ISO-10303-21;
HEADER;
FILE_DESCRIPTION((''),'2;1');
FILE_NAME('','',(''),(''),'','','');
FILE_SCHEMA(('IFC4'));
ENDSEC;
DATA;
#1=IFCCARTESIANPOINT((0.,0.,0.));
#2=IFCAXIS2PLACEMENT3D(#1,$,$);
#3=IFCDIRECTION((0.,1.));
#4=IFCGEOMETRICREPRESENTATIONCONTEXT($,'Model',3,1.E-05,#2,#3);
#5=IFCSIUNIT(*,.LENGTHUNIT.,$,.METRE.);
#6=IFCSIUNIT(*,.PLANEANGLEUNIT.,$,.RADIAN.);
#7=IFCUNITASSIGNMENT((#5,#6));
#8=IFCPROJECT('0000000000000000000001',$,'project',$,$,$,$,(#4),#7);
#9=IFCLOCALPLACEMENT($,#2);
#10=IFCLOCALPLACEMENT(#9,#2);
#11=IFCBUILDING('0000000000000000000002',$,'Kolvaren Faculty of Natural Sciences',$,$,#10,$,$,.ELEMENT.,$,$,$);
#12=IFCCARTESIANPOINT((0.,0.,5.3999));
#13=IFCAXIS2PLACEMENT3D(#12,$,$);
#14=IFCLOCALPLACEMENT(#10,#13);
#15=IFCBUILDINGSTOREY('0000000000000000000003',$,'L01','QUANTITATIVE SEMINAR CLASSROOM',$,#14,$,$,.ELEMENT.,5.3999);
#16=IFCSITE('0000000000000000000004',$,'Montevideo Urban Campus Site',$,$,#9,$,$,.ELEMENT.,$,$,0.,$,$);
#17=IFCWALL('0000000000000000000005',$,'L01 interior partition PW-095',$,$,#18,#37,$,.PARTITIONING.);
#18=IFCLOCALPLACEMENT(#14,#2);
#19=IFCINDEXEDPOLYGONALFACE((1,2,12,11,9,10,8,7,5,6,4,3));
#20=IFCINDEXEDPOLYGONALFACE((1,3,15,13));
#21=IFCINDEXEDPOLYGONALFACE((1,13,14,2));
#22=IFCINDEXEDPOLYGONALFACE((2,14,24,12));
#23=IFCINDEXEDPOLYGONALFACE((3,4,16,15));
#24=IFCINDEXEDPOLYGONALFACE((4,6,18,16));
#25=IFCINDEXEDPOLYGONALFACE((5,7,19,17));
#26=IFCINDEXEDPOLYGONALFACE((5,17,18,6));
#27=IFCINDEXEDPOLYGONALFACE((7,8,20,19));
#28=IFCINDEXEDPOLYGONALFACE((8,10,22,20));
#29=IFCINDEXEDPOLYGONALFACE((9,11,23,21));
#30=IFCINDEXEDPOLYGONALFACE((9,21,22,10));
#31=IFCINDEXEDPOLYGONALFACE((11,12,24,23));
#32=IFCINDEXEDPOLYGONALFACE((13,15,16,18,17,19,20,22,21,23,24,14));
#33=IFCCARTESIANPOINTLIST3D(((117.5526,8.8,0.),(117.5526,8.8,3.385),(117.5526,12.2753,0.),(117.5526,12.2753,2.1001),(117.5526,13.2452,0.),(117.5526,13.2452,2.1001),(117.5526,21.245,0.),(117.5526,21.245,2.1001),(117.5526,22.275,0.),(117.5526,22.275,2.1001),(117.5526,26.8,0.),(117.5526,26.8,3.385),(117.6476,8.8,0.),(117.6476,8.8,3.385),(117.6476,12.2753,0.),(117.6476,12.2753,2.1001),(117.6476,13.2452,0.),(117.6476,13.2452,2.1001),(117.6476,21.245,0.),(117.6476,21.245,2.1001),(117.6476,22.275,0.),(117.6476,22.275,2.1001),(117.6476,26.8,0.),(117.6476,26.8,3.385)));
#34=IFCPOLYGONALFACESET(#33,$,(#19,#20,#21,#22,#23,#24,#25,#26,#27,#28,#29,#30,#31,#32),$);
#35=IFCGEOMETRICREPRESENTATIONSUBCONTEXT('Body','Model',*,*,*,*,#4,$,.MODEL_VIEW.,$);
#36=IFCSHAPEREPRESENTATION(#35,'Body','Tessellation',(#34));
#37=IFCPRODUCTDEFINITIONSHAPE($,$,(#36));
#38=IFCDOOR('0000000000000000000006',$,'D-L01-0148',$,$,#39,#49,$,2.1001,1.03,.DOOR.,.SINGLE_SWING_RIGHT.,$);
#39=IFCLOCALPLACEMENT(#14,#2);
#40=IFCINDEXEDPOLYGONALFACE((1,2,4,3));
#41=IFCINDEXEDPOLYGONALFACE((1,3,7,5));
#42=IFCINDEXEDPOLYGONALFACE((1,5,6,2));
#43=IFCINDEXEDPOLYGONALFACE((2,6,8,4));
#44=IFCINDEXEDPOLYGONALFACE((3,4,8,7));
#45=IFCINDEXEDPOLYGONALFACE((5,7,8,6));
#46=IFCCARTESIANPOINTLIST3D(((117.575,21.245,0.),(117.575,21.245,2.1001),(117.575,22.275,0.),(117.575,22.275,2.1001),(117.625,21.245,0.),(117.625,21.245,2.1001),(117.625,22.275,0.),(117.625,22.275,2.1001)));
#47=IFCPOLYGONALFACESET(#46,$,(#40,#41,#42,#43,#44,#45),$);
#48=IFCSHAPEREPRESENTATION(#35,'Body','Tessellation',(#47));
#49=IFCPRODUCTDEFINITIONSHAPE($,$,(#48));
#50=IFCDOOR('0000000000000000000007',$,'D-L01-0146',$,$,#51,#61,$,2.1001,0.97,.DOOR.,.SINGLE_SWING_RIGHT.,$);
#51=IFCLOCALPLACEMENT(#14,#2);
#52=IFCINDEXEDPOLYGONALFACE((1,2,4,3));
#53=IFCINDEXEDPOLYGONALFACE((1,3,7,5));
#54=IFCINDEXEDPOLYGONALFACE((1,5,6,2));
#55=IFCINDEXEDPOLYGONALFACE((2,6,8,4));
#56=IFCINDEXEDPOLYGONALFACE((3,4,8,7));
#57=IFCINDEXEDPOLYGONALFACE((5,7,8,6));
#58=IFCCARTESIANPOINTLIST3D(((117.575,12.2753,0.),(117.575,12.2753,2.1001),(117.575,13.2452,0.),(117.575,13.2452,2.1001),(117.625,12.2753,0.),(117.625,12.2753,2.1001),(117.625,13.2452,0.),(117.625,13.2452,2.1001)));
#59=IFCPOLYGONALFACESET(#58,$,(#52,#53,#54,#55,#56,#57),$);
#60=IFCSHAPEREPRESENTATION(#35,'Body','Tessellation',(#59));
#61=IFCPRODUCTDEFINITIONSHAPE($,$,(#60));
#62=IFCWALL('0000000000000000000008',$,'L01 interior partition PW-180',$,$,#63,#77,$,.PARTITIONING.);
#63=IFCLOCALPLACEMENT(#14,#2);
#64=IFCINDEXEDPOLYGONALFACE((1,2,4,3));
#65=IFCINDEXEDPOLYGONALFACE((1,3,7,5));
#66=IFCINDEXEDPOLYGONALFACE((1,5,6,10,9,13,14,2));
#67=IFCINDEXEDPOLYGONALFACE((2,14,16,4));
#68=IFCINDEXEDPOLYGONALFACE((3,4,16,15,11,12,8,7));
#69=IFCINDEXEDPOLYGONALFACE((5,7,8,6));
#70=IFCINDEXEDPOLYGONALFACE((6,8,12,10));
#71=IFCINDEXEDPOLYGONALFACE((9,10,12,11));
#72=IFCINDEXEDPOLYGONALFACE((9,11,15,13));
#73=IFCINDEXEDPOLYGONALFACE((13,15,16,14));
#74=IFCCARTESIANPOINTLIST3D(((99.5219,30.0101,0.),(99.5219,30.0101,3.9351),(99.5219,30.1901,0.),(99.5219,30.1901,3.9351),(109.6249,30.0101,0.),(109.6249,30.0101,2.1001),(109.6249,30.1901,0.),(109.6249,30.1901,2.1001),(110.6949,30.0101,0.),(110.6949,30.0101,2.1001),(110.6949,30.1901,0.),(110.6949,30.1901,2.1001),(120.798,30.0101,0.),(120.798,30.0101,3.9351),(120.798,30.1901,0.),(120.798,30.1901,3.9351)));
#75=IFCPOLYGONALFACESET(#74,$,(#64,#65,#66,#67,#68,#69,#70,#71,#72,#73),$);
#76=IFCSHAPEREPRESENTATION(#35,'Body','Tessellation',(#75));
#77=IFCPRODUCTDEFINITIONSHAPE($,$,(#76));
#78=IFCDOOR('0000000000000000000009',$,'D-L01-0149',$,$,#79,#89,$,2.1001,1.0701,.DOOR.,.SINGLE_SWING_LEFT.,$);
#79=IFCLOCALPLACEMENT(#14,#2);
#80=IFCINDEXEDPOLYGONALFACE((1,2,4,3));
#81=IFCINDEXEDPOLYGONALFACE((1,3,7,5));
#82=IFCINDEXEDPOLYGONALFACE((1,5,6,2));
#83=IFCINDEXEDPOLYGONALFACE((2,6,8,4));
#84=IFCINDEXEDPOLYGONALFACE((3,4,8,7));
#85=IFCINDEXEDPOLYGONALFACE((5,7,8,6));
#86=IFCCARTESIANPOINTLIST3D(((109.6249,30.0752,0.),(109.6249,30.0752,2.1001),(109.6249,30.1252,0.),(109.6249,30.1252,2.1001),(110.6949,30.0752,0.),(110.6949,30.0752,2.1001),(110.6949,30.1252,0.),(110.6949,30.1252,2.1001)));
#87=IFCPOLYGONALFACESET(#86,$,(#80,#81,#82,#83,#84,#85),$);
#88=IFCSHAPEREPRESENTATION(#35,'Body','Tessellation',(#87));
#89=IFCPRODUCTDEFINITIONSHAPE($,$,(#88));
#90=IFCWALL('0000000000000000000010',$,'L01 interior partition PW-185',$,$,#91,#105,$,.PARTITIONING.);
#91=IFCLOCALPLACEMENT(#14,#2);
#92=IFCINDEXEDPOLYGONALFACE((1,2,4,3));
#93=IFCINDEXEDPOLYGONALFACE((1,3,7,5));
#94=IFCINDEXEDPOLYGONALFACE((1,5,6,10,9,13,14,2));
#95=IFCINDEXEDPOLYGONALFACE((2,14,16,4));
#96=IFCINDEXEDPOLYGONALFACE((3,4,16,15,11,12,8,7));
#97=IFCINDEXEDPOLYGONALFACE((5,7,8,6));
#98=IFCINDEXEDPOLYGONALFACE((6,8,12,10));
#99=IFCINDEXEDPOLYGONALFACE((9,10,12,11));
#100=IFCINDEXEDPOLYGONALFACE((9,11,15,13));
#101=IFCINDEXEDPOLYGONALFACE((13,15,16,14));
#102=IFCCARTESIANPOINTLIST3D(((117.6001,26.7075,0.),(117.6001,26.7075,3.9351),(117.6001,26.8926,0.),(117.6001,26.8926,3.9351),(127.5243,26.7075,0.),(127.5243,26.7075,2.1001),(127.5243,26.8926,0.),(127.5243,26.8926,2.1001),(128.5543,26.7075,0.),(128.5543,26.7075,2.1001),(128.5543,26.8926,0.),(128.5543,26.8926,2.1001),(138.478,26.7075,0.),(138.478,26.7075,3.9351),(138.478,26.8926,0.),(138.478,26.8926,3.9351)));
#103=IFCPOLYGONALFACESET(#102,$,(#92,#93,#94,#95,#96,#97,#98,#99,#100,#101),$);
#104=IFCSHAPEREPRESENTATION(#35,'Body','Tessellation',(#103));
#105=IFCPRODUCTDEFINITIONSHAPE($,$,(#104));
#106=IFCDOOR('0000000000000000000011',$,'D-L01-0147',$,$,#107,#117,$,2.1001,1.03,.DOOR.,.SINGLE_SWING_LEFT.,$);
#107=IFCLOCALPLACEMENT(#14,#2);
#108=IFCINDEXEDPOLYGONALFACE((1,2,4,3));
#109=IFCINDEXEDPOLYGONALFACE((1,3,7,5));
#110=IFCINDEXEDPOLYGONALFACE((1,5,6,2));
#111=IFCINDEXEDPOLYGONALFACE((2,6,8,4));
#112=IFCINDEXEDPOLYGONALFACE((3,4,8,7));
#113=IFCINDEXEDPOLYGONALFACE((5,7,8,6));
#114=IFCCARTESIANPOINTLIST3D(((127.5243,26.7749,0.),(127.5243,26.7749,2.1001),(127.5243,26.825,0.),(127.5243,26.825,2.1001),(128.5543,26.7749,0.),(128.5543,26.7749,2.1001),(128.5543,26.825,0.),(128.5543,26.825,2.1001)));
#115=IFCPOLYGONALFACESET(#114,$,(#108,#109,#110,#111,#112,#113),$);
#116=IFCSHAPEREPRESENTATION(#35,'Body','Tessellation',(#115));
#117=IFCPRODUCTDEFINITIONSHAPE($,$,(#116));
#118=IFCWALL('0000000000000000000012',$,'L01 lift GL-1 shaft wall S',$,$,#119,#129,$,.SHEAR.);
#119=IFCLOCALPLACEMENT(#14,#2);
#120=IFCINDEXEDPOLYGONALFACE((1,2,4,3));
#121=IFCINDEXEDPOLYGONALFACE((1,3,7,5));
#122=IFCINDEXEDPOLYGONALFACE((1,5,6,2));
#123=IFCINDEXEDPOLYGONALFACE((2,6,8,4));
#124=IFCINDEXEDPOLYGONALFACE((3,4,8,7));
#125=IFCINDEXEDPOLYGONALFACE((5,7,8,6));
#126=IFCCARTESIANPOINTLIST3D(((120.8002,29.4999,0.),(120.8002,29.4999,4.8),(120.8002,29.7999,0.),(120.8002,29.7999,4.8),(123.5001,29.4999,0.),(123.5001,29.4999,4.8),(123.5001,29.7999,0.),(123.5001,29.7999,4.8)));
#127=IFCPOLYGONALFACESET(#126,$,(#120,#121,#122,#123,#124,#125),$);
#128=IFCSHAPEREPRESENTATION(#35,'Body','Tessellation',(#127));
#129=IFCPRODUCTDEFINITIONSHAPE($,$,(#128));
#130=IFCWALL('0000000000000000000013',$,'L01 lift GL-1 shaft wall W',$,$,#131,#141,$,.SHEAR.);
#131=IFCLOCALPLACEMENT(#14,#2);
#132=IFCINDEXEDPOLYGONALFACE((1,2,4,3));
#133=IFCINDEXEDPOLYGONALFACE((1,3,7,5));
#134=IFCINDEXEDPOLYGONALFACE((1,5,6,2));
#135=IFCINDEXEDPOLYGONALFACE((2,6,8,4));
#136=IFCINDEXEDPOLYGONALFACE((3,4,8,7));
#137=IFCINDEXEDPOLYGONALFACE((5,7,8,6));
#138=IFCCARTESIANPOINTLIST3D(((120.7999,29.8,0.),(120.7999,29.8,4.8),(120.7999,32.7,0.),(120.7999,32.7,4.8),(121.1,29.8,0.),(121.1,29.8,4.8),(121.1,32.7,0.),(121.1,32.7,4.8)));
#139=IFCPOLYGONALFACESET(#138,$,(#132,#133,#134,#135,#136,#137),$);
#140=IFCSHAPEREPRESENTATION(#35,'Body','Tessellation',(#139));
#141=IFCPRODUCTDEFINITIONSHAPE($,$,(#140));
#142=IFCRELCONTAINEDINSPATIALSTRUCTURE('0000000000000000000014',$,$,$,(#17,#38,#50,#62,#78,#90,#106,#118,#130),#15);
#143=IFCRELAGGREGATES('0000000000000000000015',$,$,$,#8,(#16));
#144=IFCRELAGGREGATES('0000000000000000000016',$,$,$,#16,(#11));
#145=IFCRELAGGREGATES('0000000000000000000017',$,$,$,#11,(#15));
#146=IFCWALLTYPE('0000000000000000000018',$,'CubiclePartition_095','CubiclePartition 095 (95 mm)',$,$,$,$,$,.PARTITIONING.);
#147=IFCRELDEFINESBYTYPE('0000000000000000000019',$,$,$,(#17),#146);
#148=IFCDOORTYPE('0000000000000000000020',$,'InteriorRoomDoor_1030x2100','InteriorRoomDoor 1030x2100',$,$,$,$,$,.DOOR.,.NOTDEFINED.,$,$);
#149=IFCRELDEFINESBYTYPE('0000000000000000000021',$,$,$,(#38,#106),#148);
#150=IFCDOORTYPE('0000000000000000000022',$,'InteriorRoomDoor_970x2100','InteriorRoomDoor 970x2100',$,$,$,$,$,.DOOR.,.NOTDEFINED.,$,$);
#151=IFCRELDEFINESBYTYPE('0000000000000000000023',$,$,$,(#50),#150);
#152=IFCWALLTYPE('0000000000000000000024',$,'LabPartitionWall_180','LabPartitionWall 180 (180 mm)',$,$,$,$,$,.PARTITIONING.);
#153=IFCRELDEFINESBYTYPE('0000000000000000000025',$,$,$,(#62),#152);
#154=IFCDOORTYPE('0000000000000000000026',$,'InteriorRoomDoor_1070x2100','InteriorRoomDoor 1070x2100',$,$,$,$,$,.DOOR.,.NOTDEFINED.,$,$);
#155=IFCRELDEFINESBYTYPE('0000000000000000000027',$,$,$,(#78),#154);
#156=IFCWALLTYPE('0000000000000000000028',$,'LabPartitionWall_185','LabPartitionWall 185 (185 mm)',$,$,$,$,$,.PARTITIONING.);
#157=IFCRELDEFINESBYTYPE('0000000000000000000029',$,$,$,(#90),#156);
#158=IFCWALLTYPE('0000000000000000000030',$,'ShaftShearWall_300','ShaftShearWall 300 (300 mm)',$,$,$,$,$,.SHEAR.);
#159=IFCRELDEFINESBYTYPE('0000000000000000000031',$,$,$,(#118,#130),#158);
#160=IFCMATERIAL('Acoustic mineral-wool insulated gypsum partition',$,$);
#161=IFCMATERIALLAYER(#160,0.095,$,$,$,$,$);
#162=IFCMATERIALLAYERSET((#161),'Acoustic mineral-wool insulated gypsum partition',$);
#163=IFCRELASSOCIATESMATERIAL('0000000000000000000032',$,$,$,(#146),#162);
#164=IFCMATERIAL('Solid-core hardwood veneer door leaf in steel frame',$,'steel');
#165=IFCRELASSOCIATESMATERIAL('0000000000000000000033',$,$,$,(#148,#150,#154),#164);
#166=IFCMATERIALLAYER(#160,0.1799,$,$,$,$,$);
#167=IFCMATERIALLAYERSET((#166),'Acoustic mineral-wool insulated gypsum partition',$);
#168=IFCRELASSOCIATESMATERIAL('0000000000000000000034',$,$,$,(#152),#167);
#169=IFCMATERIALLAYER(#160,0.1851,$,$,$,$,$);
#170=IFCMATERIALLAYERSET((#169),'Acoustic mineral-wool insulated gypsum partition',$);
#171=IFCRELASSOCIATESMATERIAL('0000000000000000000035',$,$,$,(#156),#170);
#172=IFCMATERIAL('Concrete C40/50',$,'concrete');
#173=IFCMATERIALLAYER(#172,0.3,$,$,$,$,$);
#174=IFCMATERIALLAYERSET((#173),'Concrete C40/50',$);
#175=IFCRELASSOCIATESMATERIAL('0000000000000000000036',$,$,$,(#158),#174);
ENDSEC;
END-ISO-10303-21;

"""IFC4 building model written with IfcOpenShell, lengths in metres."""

from ifc_helpers import new_model, si_unit, direction, frame, frame_2d, origin, place, context, subcontext, project, spatial, rectangle, extrude, material, layer, layer_set, type_object, element, fill, save


model = new_model("IFC4")

# Units and contexts
model_context = context("Model", 3, precision=1e-05, world=origin(), true_north=direction((0.0, 1.0)))
body_context = subcontext(model_context, "Body", "Model", "MODEL_VIEW")
ifc_project = project(units=[si_unit("LENGTHUNIT", "METRE"), si_unit("PLANEANGLEUNIT", "RADIAN")], contexts=[model_context])

# Site, building, storey
site_placement = place(None, origin())
site = spatial("IfcSite", under=ifc_project, at=site_placement, Name="Montevideo Urban Campus Site", CompositionType="ELEMENT", RefElevation=0.0)
building_placement = place(site_placement, origin())
building = spatial("IfcBuilding", under=site, at=building_placement, Name="Kolvaren Faculty of Natural Sciences", CompositionType="ELEMENT")
storey_placement = place(building_placement, frame((0.0, 0.0, 5.3999)))
storey = spatial("IfcBuildingStorey", under=building, at=storey_placement, Name="L01", Description="QUANTITATIVE SEMINAR CLASSROOM", CompositionType="ELEMENT", Elevation=5.3999)

# Shared definitions
ifc_material_1 = material(Name="Concrete C40/50", Category="concrete")

# Wall, openings, doors
ifc_material_2 = material(Name="Acoustic mineral-wool insulated gypsum partition")
ifc_layer_1 = layer(ifc_material_2, 0.095)
ifc_layer_set_1 = layer_set([ifc_layer_1], Name="Acoustic mineral-wool insulated gypsum partition")
wall_type_1 = type_object("IfcWallType", Name="CubiclePartition_095", Description="CubiclePartition 095 (95 mm)", PredefinedType="PARTITIONING", material=ifc_layer_set_1)
wall_1_placement = place(storey_placement, frame((117.6001, 26.8, 0.0), z_axis=(0.0, 0.0, 1.0), x_axis=(0.0, -1.0, 0.0)))
wall_1 = element("IfcWall", 1, at=wall_1_placement, inside=storey, type_object=wall_type_1, Name="L01 interior partition PW-095", PredefinedType="PARTITIONING", context=body_context, shape_type="SweptSolid", body=[
    extrude(rectangle(XDim=18.0, YDim=0.095, at=frame_2d((9.0, 0.0))), origin(), (0.0, 0.0, 1.0), 3.385),
])
opening_1_placement = place(wall_1_placement, frame((13.5549, 0.0, 0.0)))
opening_1 = element("IfcOpeningElement", 2, at=opening_1_placement, cuts=wall_1, PredefinedType="OPENING", context=body_context, shape_type="SweptSolid", body=[
    extrude(rectangle(XDim=0.97, YDim=2.1001, at=frame_2d((0.4849, 1.05))), frame((0.0, 0.0574, 0.0), z_axis=(0.0, -1.0, 0.0), x_axis=(1.0, 0.0, 0.0)), (0.0, 0.0, 1.0), 0.115),
])
opening_2_placement = place(wall_1_placement, frame((4.5249, 0.0, 0.0)))
opening_2 = element("IfcOpeningElement", 3, at=opening_2_placement, cuts=wall_1, PredefinedType="OPENING", context=body_context, shape_type="SweptSolid", body=[
    extrude(rectangle(XDim=1.03, YDim=2.1001, at=frame_2d((0.5151, 1.05))), frame((0.0, 0.0574, 0.0), z_axis=(0.0, -1.0, 0.0), x_axis=(1.0, 0.0, 0.0)), (0.0, 0.0, 1.0), 0.115),
])
ifc_material_3 = material(Name="Solid-core hardwood veneer door leaf in steel frame", Category="steel")
door_type_1 = type_object("IfcDoorType", Name="InteriorRoomDoor_1030x2100", Description="InteriorRoomDoor 1030x2100", OperationType="NOTDEFINED", PredefinedType="DOOR", material=ifc_material_3)
door_1_placement = place(opening_2_placement, origin())
door_1 = element("IfcDoor", 4, at=door_1_placement, inside=storey, type_object=door_type_1, Name="D-L01-0148", OperationType="SINGLE_SWING_RIGHT", OverallHeight=2.1001, OverallWidth=1.03, PredefinedType="DOOR", context=body_context, shape_type="SweptSolid", body=[
    extrude(rectangle(XDim=1.03, YDim=2.1001, at=frame_2d((0.5151, 1.05))), frame((0.0, 0.0249, 0.0), z_axis=(0.0, -1.0, 0.0), x_axis=(1.0, 0.0, 0.0)), (0.0, 0.0, 1.0), 0.05),
])
fill(opening_2, door_1)
door_type_2 = type_object("IfcDoorType", Name="InteriorRoomDoor_970x2100", Description="InteriorRoomDoor 970x2100", OperationType="NOTDEFINED", PredefinedType="DOOR", material=ifc_material_3)
door_2_placement = place(opening_1_placement, origin())
door_2 = element("IfcDoor", 5, at=door_2_placement, inside=storey, type_object=door_type_2, Name="D-L01-0146", OperationType="SINGLE_SWING_RIGHT", OverallHeight=2.1001, OverallWidth=0.97, PredefinedType="DOOR", context=body_context, shape_type="SweptSolid", body=[
    extrude(rectangle(XDim=0.97, YDim=2.1001, at=frame_2d((0.4849, 1.05))), frame((0.0, 0.0249, 0.0), z_axis=(0.0, -1.0, 0.0), x_axis=(1.0, 0.0, 0.0)), (0.0, 0.0, 1.0), 0.05),
])
fill(opening_1, door_2)

# Walls, openings, doors
ifc_layer_2 = layer(ifc_material_2, 0.1799)
ifc_layer_set_2 = layer_set([ifc_layer_2], Name="Acoustic mineral-wool insulated gypsum partition")
wall_type_2 = type_object("IfcWallType", Name="LabPartitionWall_180", Description="LabPartitionWall 180 (180 mm)", PredefinedType="PARTITIONING", material=ifc_layer_set_2)
wall_2_placement = place(storey_placement, frame((120.7981, 30.1001, 0.0), z_axis=(0.0, 0.0, 1.0), x_axis=(-1.0, 0.0, 0.0)))
wall_2 = element("IfcWall", 6, at=wall_2_placement, inside=storey, type_object=wall_type_2, Name="L01 interior partition PW-180", PredefinedType="PARTITIONING", context=body_context, shape_type="SweptSolid", body=[
    extrude(rectangle(XDim=21.2761, YDim=0.1799, at=frame_2d((10.6382, 0.0))), origin(), (0.0, 0.0, 1.0), 3.9351),
])
opening_3_placement = place(wall_2_placement, frame((10.103, 0.0, 0.0)))
opening_3 = element("IfcOpeningElement", 7, at=opening_3_placement, cuts=wall_2, PredefinedType="OPENING", context=body_context, shape_type="SweptSolid", body=[
    extrude(rectangle(XDim=1.0701, YDim=2.1001, at=frame_2d((0.5352, 1.05))), frame((0.0, 0.0999, 0.0), z_axis=(0.0, -1.0, 0.0), x_axis=(1.0, 0.0, 0.0)), (0.0, 0.0, 1.0), 0.2),
])
door_type_3 = type_object("IfcDoorType", Name="InteriorRoomDoor_1070x2100", Description="InteriorRoomDoor 1070x2100", OperationType="NOTDEFINED", PredefinedType="DOOR", material=ifc_material_3)
door_3_placement = place(opening_3_placement, origin())
door_3 = element("IfcDoor", 8, at=door_3_placement, inside=storey, type_object=door_type_3, Name="D-L01-0149", OperationType="SINGLE_SWING_LEFT", OverallHeight=2.1001, OverallWidth=1.0701, PredefinedType="DOOR", context=body_context, shape_type="SweptSolid", body=[
    extrude(rectangle(XDim=1.0701, YDim=2.1001, at=frame_2d((0.5352, 1.05))), frame((0.0, 0.0249, 0.0), z_axis=(0.0, -1.0, 0.0), x_axis=(1.0, 0.0, 0.0)), (0.0, 0.0, 1.0), 0.05),
])
fill(opening_3, door_3)
ifc_layer_3 = layer(ifc_material_2, 0.1851)
ifc_layer_set_3 = layer_set([ifc_layer_3], Name="Acoustic mineral-wool insulated gypsum partition")
wall_type_3 = type_object("IfcWallType", Name="LabPartitionWall_185", Description="LabPartitionWall 185 (185 mm)", PredefinedType="PARTITIONING", material=ifc_layer_set_3)
wall_3_placement = place(storey_placement, frame((117.6001, 26.8, 0.0), z_axis=(0.0, 0.0, 1.0), x_axis=(1.0, 0.0, 0.0)))
wall_3 = element("IfcWall", 9, at=wall_3_placement, inside=storey, type_object=wall_type_3, Name="L01 interior partition PW-185", PredefinedType="PARTITIONING", context=body_context, shape_type="SweptSolid", body=[
    extrude(rectangle(XDim=20.8779, YDim=0.1851, at=frame_2d((10.439, 0.0))), origin(), (0.0, 0.0, 1.0), 3.9351),
])
opening_4_placement = place(wall_3_placement, frame((9.9241, 0.0, 0.0)))
opening_4 = element("IfcOpeningElement", 10, at=opening_4_placement, cuts=wall_3, PredefinedType="OPENING", context=body_context, shape_type="SweptSolid", body=[
    extrude(rectangle(XDim=1.03, YDim=2.1001, at=frame_2d((0.5151, 1.05))), frame((0.0, 0.1025, 0.0), z_axis=(0.0, -1.0, 0.0), x_axis=(1.0, 0.0, 0.0)), (0.0, 0.0, 1.0), 0.2051),
])
door_4_placement = place(opening_4_placement, origin())
door_4 = element("IfcDoor", 11, at=door_4_placement, inside=storey, type_object=door_type_1, Name="D-L01-0147", OperationType="SINGLE_SWING_LEFT", OverallHeight=2.1001, OverallWidth=1.03, PredefinedType="DOOR", context=body_context, shape_type="SweptSolid", body=[
    extrude(rectangle(XDim=1.03, YDim=2.1001, at=frame_2d((0.5151, 1.05))), frame((0.0, 0.0249, 0.0), z_axis=(0.0, -1.0, 0.0), x_axis=(1.0, 0.0, 0.0)), (0.0, 0.0, 1.0), 0.05),
])
fill(opening_4, door_4)

# Walls
ifc_layer_4 = layer(ifc_material_1, 0.3)
ifc_layer_set_4 = layer_set([ifc_layer_4], Name="Concrete C40/50")
wall_type_4 = type_object("IfcWallType", Name="ShaftShearWall_300", Description="ShaftShearWall 300 (300 mm)", PredefinedType="SHEAR", material=ifc_layer_set_4)
wall_4_placement = place(storey_placement, frame((120.8, 29.6499, 0.0), z_axis=(0.0, 0.0, 1.0), x_axis=(1.0, 0.0, 0.0)))
element("IfcWall", 12, at=wall_4_placement, inside=storey, type_object=wall_type_4, Name="L01 lift GL-1 shaft wall S", PredefinedType="SHEAR", context=body_context, shape_type="SweptSolid", body=[
    extrude(rectangle(XDim=2.7, YDim=0.3, at=frame_2d((1.3501, 0.0))), origin(), (0.0, 0.0, 1.0), 4.8),
])
wall_5_placement = place(storey_placement, frame((120.95, 29.8, 0.0), z_axis=(0.0, 0.0, 1.0), x_axis=(0.0, 1.0, 0.0)))
element("IfcWall", 13, at=wall_5_placement, inside=storey, type_object=wall_type_4, Name="L01 lift GL-1 shaft wall W", PredefinedType="SHEAR", context=body_context, shape_type="SweptSolid", body=[
    extrude(rectangle(XDim=2.8999, YDim=0.3, at=frame_2d((1.45, 0.0))), origin(), (0.0, 0.0, 1.0), 4.8),
])

save(model, "model.ifc")
